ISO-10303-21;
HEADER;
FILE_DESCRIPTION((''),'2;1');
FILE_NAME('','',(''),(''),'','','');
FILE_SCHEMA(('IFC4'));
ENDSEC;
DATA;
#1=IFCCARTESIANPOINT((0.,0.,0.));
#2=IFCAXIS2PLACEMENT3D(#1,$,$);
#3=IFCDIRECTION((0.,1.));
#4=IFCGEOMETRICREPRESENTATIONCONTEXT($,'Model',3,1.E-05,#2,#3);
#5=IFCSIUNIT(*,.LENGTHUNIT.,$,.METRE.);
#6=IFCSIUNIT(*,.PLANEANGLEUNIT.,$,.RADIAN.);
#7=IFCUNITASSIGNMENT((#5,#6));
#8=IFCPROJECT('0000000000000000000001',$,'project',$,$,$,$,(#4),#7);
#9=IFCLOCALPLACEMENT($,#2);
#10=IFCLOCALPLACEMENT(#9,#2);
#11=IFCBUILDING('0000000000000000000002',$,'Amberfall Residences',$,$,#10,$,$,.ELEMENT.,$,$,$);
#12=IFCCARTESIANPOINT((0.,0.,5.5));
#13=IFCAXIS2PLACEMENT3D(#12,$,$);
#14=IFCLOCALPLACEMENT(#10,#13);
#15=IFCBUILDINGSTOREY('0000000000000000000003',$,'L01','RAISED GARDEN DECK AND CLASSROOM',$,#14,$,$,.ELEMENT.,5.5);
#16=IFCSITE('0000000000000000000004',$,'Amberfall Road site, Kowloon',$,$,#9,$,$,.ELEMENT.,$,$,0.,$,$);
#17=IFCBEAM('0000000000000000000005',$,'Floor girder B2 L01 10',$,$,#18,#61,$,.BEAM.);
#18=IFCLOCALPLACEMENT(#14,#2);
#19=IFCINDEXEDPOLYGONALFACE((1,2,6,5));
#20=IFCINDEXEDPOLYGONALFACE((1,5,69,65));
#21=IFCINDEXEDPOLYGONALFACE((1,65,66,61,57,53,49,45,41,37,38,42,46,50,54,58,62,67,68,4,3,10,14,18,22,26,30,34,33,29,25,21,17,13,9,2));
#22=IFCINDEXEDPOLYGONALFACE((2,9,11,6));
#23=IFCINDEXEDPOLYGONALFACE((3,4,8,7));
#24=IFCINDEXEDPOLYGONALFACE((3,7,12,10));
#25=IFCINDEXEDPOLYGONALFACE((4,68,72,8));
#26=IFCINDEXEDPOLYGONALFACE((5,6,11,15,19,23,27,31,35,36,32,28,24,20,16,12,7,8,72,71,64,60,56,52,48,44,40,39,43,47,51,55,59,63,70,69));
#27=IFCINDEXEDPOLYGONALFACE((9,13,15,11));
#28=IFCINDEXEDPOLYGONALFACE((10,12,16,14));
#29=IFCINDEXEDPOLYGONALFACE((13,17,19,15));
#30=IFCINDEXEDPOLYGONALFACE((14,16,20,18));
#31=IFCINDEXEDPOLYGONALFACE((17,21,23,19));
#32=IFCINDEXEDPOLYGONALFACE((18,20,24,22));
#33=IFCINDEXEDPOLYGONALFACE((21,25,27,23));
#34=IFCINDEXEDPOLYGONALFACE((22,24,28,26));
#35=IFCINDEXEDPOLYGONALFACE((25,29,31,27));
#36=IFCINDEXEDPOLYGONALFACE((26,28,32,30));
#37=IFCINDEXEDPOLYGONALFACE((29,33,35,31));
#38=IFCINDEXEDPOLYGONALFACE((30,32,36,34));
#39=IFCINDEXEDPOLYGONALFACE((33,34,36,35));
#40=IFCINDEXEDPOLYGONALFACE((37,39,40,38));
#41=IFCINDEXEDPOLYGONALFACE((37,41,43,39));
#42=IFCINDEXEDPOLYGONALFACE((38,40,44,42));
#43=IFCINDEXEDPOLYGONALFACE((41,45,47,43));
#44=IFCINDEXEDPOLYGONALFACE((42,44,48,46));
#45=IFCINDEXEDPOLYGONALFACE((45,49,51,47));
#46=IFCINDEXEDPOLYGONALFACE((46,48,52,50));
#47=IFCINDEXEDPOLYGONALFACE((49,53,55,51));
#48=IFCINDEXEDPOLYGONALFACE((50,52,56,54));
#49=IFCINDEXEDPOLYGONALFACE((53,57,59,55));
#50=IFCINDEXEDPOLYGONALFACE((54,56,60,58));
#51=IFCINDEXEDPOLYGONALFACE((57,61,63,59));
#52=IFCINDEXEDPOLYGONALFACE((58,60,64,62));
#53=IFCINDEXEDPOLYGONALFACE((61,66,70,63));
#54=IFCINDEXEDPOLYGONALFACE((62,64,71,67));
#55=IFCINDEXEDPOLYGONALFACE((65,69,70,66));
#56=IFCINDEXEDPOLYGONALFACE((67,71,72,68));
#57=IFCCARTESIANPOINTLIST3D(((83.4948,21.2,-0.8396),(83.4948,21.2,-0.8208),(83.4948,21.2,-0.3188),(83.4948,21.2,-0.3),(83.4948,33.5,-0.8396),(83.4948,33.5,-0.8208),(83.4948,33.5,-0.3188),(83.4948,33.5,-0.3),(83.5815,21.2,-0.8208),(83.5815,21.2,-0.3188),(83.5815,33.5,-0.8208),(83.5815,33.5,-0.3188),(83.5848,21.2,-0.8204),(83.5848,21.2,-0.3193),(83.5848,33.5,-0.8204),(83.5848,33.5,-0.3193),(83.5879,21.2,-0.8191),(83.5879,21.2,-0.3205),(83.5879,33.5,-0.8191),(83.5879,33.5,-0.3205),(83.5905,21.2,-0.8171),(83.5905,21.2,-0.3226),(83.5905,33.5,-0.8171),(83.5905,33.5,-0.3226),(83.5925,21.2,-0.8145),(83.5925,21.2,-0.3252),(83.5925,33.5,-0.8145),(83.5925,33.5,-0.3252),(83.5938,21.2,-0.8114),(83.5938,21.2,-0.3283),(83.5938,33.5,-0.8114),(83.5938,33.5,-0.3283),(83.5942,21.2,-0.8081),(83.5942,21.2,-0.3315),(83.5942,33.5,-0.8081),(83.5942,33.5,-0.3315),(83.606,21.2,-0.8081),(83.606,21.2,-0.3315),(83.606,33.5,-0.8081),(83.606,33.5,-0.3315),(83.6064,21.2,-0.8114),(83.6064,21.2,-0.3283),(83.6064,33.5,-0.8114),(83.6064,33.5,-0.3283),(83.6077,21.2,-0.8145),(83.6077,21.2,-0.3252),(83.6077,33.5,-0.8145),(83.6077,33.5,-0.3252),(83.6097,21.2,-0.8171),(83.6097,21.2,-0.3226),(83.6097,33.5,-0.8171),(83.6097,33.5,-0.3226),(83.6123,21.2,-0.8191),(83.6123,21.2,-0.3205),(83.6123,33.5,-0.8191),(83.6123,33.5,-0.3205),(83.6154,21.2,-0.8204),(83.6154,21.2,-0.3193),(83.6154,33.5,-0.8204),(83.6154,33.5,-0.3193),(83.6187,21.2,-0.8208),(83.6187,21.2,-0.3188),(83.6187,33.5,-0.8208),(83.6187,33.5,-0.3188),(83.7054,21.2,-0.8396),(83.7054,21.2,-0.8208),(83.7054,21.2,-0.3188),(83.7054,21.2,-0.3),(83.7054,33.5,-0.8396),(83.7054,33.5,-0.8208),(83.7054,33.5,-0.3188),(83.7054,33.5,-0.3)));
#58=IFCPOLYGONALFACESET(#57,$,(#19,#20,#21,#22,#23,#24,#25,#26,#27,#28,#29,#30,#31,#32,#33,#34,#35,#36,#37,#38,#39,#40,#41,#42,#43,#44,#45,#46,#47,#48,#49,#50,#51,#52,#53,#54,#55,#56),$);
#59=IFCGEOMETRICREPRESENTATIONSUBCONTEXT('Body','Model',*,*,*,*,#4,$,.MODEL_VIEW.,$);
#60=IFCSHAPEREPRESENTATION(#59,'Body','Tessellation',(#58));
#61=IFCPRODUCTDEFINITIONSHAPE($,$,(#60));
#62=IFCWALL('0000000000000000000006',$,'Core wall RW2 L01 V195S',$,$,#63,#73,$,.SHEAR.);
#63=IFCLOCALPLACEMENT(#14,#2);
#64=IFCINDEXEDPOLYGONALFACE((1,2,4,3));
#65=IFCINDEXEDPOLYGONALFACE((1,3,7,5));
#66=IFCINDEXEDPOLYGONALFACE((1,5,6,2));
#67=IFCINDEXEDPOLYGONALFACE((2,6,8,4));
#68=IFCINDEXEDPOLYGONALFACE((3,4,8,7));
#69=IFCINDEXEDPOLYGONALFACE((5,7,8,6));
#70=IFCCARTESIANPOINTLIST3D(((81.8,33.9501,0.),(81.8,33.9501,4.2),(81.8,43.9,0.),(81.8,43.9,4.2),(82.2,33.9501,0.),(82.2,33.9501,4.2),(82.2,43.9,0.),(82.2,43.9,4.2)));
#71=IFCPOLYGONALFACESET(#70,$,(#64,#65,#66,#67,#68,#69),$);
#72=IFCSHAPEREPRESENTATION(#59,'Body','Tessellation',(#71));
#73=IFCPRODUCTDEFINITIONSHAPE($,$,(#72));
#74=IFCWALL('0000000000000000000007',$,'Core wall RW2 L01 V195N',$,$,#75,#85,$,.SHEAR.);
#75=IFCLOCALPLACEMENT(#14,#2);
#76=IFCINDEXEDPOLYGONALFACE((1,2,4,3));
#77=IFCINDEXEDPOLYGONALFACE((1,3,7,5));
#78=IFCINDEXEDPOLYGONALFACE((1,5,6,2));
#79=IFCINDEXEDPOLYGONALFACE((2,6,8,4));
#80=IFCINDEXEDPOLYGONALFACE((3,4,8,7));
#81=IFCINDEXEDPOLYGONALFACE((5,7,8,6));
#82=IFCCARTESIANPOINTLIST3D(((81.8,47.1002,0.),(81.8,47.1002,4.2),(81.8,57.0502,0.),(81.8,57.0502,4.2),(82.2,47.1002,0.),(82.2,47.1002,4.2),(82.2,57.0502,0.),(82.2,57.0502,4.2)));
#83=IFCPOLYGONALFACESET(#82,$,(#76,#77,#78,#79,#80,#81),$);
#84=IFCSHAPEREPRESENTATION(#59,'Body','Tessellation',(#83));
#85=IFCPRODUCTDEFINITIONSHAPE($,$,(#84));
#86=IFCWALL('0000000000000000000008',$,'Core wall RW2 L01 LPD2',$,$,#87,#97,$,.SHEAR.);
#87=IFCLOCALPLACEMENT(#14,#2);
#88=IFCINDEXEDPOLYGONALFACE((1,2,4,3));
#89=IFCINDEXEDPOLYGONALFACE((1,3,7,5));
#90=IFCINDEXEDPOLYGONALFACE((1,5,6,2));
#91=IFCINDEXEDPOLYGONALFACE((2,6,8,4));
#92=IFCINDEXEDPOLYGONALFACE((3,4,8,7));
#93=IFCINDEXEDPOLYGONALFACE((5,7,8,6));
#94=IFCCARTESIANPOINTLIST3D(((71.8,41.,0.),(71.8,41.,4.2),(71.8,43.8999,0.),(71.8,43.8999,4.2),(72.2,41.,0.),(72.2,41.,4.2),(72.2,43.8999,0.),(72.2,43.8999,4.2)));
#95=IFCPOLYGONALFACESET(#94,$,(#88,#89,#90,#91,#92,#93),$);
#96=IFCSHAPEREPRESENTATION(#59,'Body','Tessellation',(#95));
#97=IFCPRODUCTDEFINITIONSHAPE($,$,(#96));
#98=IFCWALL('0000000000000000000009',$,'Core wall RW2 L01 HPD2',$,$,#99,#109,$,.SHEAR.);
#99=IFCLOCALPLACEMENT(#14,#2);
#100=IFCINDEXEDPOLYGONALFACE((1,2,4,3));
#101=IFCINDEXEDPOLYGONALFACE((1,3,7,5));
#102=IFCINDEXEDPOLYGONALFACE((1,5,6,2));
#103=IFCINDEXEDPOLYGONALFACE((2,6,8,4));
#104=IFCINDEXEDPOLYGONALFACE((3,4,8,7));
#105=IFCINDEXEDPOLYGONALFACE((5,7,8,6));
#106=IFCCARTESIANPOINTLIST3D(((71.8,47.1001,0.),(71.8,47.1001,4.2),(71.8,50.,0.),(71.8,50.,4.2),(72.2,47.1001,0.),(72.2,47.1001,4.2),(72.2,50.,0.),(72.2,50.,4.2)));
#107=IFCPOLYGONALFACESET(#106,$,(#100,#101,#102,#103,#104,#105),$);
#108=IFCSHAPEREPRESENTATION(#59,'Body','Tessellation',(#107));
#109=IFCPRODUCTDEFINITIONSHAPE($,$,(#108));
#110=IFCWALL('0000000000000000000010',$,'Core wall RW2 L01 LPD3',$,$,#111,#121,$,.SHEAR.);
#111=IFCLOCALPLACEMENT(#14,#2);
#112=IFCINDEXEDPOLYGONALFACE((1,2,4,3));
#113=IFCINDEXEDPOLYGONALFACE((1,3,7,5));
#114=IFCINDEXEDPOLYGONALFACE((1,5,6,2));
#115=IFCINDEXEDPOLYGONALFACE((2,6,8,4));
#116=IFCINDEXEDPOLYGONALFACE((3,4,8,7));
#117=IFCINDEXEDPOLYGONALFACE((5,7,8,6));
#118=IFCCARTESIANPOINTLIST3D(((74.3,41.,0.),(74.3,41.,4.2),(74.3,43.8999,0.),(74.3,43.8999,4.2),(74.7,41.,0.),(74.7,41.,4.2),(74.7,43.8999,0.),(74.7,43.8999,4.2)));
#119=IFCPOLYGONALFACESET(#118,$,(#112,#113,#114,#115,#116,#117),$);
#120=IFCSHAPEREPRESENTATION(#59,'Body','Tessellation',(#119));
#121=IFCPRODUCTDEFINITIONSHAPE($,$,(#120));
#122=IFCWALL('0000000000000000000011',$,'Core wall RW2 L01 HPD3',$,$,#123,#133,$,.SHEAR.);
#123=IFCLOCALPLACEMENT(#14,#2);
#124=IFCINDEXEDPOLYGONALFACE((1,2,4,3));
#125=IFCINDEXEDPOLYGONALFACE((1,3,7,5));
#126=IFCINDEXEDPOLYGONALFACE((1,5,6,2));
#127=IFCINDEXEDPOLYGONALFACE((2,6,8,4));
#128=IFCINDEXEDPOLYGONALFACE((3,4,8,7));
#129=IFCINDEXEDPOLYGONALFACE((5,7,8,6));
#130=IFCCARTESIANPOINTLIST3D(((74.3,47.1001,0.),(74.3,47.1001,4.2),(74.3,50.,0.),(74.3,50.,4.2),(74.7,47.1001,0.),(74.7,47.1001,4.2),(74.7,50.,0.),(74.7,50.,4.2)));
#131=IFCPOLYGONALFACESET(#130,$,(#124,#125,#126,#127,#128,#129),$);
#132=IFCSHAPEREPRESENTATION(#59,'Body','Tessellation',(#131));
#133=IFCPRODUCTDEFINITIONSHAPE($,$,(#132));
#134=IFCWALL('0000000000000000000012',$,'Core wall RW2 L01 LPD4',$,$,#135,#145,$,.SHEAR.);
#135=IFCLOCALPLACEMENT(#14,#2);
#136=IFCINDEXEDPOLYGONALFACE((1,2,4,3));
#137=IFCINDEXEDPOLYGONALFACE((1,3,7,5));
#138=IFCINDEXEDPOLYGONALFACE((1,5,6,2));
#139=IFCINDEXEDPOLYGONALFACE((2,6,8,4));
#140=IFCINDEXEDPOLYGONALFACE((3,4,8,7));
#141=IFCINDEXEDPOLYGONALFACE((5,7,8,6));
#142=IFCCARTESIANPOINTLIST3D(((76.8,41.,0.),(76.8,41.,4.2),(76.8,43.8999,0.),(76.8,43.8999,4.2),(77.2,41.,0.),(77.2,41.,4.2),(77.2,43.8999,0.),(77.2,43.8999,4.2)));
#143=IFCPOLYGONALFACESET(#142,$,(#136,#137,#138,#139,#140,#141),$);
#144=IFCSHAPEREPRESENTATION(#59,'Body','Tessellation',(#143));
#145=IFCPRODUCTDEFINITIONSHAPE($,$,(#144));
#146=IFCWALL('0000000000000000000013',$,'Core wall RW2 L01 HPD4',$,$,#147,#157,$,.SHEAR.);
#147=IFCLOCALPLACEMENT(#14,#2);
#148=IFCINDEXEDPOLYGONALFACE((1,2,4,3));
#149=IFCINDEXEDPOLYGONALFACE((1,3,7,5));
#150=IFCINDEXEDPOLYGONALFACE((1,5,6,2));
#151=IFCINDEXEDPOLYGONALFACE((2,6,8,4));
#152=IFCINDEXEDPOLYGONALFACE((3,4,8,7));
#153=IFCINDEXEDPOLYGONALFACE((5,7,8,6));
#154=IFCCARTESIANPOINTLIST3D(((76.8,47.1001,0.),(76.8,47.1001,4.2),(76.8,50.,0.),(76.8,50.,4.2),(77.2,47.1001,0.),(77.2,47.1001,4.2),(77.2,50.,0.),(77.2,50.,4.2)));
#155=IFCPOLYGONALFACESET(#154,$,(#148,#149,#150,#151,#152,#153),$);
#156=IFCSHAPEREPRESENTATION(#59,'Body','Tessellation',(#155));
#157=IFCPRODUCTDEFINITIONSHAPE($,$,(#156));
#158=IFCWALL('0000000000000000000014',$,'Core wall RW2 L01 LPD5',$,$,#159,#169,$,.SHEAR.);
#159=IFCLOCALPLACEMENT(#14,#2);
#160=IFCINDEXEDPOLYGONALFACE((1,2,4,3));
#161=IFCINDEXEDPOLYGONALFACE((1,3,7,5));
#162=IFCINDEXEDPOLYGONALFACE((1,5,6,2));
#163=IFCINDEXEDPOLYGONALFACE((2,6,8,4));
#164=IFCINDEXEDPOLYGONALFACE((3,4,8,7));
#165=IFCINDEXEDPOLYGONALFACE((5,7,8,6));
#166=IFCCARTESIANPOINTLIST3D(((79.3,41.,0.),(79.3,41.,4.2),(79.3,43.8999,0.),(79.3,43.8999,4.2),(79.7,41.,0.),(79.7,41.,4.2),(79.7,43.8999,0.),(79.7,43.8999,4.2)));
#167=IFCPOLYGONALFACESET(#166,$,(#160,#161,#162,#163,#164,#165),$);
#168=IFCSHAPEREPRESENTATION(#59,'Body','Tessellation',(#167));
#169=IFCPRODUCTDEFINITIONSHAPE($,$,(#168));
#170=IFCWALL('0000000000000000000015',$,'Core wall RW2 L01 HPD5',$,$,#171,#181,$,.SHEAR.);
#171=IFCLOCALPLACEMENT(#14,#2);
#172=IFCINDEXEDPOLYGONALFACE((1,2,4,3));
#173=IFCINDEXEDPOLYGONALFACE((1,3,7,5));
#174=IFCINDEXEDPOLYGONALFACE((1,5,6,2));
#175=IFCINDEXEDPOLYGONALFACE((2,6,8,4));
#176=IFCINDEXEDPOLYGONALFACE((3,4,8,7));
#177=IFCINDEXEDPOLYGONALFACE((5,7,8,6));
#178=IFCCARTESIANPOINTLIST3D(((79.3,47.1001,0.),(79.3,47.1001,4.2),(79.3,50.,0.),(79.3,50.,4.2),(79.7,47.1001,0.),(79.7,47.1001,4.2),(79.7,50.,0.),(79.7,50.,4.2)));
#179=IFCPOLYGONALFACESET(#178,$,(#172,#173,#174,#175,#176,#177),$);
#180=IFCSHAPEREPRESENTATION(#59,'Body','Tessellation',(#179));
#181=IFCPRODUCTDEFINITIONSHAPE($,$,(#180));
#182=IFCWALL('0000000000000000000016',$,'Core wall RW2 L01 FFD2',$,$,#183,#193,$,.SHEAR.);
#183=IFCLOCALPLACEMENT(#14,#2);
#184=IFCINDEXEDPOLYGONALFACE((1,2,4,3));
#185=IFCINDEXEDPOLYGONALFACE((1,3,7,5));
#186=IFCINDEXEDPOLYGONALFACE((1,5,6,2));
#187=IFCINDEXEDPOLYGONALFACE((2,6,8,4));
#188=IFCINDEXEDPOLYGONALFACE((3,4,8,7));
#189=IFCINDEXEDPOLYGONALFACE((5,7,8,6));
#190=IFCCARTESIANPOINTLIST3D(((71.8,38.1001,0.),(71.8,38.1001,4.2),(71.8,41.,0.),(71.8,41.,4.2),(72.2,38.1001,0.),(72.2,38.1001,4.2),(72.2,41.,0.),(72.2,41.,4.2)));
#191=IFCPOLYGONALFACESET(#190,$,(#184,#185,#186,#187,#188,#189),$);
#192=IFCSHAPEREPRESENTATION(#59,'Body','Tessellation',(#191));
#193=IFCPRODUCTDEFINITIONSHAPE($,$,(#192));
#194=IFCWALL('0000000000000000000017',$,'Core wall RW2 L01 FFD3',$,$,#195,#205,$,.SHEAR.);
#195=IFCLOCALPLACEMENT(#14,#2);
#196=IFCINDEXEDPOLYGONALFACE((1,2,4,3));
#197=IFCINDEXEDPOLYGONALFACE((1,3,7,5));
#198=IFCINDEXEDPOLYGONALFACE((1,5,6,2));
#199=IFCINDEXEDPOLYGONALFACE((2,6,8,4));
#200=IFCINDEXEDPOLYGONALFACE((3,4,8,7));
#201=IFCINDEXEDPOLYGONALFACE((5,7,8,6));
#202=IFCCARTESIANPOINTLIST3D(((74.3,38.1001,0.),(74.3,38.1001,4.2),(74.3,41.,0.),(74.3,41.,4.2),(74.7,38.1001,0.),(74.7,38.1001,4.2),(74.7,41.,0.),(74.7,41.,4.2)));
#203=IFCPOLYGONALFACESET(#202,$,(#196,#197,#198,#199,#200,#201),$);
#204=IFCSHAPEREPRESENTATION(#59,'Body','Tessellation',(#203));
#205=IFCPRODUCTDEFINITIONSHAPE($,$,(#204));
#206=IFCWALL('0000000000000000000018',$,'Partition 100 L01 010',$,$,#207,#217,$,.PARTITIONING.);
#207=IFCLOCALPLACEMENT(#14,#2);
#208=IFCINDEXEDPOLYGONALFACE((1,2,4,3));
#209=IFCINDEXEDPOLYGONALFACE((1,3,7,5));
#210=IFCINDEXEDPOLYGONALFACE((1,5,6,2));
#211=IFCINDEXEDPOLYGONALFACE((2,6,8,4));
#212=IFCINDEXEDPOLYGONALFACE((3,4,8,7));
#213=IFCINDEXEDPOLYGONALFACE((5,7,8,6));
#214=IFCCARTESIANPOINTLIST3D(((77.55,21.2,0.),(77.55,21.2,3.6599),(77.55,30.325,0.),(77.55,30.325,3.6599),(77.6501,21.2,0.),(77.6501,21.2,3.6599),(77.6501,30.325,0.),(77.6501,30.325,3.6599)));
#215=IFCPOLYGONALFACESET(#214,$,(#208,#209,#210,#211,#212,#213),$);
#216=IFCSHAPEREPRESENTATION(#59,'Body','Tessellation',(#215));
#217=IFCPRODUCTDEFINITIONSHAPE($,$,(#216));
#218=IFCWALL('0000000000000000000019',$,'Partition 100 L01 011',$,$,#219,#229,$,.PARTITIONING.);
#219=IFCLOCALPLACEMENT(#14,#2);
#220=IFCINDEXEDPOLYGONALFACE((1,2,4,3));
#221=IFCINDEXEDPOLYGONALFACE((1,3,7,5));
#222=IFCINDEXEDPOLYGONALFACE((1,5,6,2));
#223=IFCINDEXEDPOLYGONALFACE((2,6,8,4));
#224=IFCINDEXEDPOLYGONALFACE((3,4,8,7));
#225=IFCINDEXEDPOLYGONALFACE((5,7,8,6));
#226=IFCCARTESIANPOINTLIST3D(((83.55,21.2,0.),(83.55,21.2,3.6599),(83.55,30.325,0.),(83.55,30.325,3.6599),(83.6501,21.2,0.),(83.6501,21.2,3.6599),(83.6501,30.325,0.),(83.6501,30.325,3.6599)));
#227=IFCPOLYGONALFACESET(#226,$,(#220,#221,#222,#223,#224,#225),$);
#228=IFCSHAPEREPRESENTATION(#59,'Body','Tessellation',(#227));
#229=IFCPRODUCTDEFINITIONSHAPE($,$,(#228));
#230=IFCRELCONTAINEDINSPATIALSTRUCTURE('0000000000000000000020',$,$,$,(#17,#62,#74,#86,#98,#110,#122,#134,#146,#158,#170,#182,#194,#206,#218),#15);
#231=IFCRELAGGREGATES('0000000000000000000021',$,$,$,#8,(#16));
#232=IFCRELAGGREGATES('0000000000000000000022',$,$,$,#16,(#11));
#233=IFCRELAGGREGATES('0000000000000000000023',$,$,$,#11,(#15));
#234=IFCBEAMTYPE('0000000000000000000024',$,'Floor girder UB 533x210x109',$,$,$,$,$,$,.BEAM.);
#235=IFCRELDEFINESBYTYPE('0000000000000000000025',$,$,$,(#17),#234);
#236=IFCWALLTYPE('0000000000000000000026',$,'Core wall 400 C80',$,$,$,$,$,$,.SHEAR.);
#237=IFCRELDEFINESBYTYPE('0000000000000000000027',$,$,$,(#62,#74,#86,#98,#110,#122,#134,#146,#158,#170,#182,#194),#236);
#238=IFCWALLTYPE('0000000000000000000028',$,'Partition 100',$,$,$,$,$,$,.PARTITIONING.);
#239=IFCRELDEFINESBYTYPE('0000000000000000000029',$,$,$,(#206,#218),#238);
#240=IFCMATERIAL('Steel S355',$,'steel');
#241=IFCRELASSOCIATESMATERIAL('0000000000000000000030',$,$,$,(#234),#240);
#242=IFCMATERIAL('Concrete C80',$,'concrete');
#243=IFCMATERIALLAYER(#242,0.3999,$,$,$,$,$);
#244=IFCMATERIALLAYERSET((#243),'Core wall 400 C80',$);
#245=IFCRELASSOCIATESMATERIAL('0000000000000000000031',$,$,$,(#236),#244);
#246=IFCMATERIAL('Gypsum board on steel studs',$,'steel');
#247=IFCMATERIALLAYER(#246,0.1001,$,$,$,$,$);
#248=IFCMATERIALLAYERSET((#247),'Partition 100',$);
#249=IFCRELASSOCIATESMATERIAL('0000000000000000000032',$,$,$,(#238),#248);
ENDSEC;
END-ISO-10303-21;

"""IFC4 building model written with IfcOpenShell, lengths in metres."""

from ifc_helpers import new_model, si_unit, direction, frame, frame_2d, origin, origin_2d, place, context, subcontext, project, spatial, rectangle, i_section, extrude, material, layer, layer_set, material_profile, profile_set, type_object, element, save


model = new_model("IFC4")

# Units and contexts
model_context = context("Model", 3, precision=1e-05, world=origin(), true_north=direction((0.0, 1.0)))
body_context = subcontext(model_context, "Body", "Model", "MODEL_VIEW")
ifc_project = project(units=[si_unit("LENGTHUNIT", "METRE"), si_unit("PLANEANGLEUNIT", "RADIAN")], contexts=[model_context])

# Site, building, storey
site_placement = place(None, origin())
site = spatial("IfcSite", under=ifc_project, at=site_placement, Name="Amberfall Road site, Kowloon", CompositionType="ELEMENT", RefElevation=0.0)
building_placement = place(site_placement, origin())
building = spatial("IfcBuilding", under=site, at=building_placement, Name="Amberfall Residences", CompositionType="ELEMENT")
storey_placement = place(building_placement, frame((0.0, 0.0, 5.5)))
storey = spatial("IfcBuildingStorey", under=building, at=storey_placement, Name="L01", Description="RAISED GARDEN DECK AND CLASSROOM", CompositionType="ELEMENT", Elevation=5.5)

# Beam
ifc_material_1 = material(Name="Steel S355", Category="steel")
ifc_material_profile = material_profile(ifc_material_1, i_section(OverallWidth=0.2107, OverallDepth=0.5396, WebThickness=0.0117, FlangeThickness=0.0188, FilletRadius=0.0127, at=origin_2d()), Name="UB 533x210x109")
ifc_profile_set = profile_set([ifc_material_profile], Name="Steel S355")
beam_type = type_object("IfcBeamType", Name="Floor girder UB 533x210x109", PredefinedType="BEAM", material=ifc_profile_set)
beam_placement = place(storey_placement, frame((83.6001, 21.2, -0.5698), z_axis=(0.0, 1.0, 0.0), x_axis=(-1.0, 0.0, 0.0)))
element("IfcBeam", 1, at=beam_placement, inside=storey, type_object=beam_type, Name="Floor girder B2 L01 10", PredefinedType="BEAM", context=body_context, shape_type="SweptSolid", body=[
    extrude(i_section(OverallWidth=0.2107, OverallDepth=0.5396, WebThickness=0.0117, FlangeThickness=0.0188, FilletRadius=0.0127, at=origin_2d()), origin(), (0.0, 0.0, 1.0), 12.3),
])

# Walls
ifc_material_2 = material(Name="Concrete C80", Category="concrete")
ifc_layer_1 = layer(ifc_material_2, 0.3999)
ifc_layer_set_1 = layer_set([ifc_layer_1], Name="Core wall 400 C80")
wall_type_1 = type_object("IfcWallType", Name="Core wall 400 C80", PredefinedType="SHEAR", material=ifc_layer_set_1)
for number, where, z_axis, x_axis, name in (
    (2, (82.0, 33.95, 0.0), (0.0, 0.0, 1.0), (0.0, 1.0, 0.0), "Core wall RW2 L01 V195S"),
    (3, (82.0, 47.1001, 0.0), (0.0, 0.0, 1.0), (0.0, 1.0, 0.0), "Core wall RW2 L01 V195N"),
):
    element("IfcWall", number, at=place(storey_placement, frame(where, z_axis=z_axis, x_axis=x_axis)), inside=storey, type_object=wall_type_1, Name=name, PredefinedType="SHEAR", context=body_context, shape_type="SweptSolid", body=[
        extrude(rectangle(XDim=9.95, YDim=0.3999, at=frame_2d((4.9751, 0.0))), origin(), (0.0, 0.0, 1.0), 4.2),
    ])
for number, where, z_axis, x_axis, name in (
    (4, (72.0, 41.0, 0.0), (0.0, 0.0, 1.0), (0.0, 1.0, 0.0), "Core wall RW2 L01 LPD2"),
    (5, (72.0, 47.1001, 0.0), (0.0, 0.0, 1.0), (0.0, 1.0, 0.0), "Core wall RW2 L01 HPD2"),
    (6, (74.5, 41.0, 0.0), (0.0, 0.0, 1.0), (0.0, 1.0, 0.0), "Core wall RW2 L01 LPD3"),
    (7, (74.5, 47.1001, 0.0), (0.0, 0.0, 1.0), (0.0, 1.0, 0.0), "Core wall RW2 L01 HPD3"),
    (8, (77.0, 41.0, 0.0), (0.0, 0.0, 1.0), (0.0, 1.0, 0.0), "Core wall RW2 L01 LPD4"),
    (9, (77.0, 47.1001, 0.0), (0.0, 0.0, 1.0), (0.0, 1.0, 0.0), "Core wall RW2 L01 HPD4"),
    (10, (79.5, 41.0, 0.0), (0.0, 0.0, 1.0), (0.0, 1.0, 0.0), "Core wall RW2 L01 LPD5"),
    (11, (79.5, 47.1001, 0.0), (0.0, 0.0, 1.0), (0.0, 1.0, 0.0), "Core wall RW2 L01 HPD5"),
    (12, (72.0, 38.1001, 0.0), (0.0, 0.0, 1.0), (0.0, 1.0, 0.0), "Core wall RW2 L01 FFD2"),
    (13, (74.5, 38.1001, 0.0), (0.0, 0.0, 1.0), (0.0, 1.0, 0.0), "Core wall RW2 L01 FFD3"),
):
    element("IfcWall", number, at=place(storey_placement, frame(where, z_axis=z_axis, x_axis=x_axis)), inside=storey, type_object=wall_type_1, Name=name, PredefinedType="SHEAR", context=body_context, shape_type="SweptSolid", body=[
        extrude(rectangle(XDim=2.8999, YDim=0.3999, at=frame_2d((1.45, 0.0))), origin(), (0.0, 0.0, 1.0), 4.2),
    ])
ifc_material_3 = material(Name="Gypsum board on steel studs", Category="steel")
ifc_layer_2 = layer(ifc_material_3, 0.1001)
ifc_layer_set_2 = layer_set([ifc_layer_2], Name="Partition 100")
wall_type_2 = type_object("IfcWallType", Name="Partition 100", PredefinedType="PARTITIONING", material=ifc_layer_set_2)
for number, where, z_axis, x_axis, name in (
    (14, (77.6001, 21.2, 0.0), (0.0, 0.0, 1.0), (0.0, 1.0, 0.0), "Partition 100 L01 010"),
    (15, (83.6001, 21.2, 0.0), (0.0, 0.0, 1.0), (0.0, 1.0, 0.0), "Partition 100 L01 011"),
):
    element("IfcWall", number, at=place(storey_placement, frame(where, z_axis=z_axis, x_axis=x_axis)), inside=storey, type_object=wall_type_2, Name=name, PredefinedType="PARTITIONING", context=body_context, shape_type="SweptSolid", body=[
        extrude(rectangle(XDim=9.125, YDim=0.1001, at=frame_2d((4.5625, 0.0))), origin(), (0.0, 0.0, 1.0), 3.6599),
    ])

save(model, "model.ifc")
